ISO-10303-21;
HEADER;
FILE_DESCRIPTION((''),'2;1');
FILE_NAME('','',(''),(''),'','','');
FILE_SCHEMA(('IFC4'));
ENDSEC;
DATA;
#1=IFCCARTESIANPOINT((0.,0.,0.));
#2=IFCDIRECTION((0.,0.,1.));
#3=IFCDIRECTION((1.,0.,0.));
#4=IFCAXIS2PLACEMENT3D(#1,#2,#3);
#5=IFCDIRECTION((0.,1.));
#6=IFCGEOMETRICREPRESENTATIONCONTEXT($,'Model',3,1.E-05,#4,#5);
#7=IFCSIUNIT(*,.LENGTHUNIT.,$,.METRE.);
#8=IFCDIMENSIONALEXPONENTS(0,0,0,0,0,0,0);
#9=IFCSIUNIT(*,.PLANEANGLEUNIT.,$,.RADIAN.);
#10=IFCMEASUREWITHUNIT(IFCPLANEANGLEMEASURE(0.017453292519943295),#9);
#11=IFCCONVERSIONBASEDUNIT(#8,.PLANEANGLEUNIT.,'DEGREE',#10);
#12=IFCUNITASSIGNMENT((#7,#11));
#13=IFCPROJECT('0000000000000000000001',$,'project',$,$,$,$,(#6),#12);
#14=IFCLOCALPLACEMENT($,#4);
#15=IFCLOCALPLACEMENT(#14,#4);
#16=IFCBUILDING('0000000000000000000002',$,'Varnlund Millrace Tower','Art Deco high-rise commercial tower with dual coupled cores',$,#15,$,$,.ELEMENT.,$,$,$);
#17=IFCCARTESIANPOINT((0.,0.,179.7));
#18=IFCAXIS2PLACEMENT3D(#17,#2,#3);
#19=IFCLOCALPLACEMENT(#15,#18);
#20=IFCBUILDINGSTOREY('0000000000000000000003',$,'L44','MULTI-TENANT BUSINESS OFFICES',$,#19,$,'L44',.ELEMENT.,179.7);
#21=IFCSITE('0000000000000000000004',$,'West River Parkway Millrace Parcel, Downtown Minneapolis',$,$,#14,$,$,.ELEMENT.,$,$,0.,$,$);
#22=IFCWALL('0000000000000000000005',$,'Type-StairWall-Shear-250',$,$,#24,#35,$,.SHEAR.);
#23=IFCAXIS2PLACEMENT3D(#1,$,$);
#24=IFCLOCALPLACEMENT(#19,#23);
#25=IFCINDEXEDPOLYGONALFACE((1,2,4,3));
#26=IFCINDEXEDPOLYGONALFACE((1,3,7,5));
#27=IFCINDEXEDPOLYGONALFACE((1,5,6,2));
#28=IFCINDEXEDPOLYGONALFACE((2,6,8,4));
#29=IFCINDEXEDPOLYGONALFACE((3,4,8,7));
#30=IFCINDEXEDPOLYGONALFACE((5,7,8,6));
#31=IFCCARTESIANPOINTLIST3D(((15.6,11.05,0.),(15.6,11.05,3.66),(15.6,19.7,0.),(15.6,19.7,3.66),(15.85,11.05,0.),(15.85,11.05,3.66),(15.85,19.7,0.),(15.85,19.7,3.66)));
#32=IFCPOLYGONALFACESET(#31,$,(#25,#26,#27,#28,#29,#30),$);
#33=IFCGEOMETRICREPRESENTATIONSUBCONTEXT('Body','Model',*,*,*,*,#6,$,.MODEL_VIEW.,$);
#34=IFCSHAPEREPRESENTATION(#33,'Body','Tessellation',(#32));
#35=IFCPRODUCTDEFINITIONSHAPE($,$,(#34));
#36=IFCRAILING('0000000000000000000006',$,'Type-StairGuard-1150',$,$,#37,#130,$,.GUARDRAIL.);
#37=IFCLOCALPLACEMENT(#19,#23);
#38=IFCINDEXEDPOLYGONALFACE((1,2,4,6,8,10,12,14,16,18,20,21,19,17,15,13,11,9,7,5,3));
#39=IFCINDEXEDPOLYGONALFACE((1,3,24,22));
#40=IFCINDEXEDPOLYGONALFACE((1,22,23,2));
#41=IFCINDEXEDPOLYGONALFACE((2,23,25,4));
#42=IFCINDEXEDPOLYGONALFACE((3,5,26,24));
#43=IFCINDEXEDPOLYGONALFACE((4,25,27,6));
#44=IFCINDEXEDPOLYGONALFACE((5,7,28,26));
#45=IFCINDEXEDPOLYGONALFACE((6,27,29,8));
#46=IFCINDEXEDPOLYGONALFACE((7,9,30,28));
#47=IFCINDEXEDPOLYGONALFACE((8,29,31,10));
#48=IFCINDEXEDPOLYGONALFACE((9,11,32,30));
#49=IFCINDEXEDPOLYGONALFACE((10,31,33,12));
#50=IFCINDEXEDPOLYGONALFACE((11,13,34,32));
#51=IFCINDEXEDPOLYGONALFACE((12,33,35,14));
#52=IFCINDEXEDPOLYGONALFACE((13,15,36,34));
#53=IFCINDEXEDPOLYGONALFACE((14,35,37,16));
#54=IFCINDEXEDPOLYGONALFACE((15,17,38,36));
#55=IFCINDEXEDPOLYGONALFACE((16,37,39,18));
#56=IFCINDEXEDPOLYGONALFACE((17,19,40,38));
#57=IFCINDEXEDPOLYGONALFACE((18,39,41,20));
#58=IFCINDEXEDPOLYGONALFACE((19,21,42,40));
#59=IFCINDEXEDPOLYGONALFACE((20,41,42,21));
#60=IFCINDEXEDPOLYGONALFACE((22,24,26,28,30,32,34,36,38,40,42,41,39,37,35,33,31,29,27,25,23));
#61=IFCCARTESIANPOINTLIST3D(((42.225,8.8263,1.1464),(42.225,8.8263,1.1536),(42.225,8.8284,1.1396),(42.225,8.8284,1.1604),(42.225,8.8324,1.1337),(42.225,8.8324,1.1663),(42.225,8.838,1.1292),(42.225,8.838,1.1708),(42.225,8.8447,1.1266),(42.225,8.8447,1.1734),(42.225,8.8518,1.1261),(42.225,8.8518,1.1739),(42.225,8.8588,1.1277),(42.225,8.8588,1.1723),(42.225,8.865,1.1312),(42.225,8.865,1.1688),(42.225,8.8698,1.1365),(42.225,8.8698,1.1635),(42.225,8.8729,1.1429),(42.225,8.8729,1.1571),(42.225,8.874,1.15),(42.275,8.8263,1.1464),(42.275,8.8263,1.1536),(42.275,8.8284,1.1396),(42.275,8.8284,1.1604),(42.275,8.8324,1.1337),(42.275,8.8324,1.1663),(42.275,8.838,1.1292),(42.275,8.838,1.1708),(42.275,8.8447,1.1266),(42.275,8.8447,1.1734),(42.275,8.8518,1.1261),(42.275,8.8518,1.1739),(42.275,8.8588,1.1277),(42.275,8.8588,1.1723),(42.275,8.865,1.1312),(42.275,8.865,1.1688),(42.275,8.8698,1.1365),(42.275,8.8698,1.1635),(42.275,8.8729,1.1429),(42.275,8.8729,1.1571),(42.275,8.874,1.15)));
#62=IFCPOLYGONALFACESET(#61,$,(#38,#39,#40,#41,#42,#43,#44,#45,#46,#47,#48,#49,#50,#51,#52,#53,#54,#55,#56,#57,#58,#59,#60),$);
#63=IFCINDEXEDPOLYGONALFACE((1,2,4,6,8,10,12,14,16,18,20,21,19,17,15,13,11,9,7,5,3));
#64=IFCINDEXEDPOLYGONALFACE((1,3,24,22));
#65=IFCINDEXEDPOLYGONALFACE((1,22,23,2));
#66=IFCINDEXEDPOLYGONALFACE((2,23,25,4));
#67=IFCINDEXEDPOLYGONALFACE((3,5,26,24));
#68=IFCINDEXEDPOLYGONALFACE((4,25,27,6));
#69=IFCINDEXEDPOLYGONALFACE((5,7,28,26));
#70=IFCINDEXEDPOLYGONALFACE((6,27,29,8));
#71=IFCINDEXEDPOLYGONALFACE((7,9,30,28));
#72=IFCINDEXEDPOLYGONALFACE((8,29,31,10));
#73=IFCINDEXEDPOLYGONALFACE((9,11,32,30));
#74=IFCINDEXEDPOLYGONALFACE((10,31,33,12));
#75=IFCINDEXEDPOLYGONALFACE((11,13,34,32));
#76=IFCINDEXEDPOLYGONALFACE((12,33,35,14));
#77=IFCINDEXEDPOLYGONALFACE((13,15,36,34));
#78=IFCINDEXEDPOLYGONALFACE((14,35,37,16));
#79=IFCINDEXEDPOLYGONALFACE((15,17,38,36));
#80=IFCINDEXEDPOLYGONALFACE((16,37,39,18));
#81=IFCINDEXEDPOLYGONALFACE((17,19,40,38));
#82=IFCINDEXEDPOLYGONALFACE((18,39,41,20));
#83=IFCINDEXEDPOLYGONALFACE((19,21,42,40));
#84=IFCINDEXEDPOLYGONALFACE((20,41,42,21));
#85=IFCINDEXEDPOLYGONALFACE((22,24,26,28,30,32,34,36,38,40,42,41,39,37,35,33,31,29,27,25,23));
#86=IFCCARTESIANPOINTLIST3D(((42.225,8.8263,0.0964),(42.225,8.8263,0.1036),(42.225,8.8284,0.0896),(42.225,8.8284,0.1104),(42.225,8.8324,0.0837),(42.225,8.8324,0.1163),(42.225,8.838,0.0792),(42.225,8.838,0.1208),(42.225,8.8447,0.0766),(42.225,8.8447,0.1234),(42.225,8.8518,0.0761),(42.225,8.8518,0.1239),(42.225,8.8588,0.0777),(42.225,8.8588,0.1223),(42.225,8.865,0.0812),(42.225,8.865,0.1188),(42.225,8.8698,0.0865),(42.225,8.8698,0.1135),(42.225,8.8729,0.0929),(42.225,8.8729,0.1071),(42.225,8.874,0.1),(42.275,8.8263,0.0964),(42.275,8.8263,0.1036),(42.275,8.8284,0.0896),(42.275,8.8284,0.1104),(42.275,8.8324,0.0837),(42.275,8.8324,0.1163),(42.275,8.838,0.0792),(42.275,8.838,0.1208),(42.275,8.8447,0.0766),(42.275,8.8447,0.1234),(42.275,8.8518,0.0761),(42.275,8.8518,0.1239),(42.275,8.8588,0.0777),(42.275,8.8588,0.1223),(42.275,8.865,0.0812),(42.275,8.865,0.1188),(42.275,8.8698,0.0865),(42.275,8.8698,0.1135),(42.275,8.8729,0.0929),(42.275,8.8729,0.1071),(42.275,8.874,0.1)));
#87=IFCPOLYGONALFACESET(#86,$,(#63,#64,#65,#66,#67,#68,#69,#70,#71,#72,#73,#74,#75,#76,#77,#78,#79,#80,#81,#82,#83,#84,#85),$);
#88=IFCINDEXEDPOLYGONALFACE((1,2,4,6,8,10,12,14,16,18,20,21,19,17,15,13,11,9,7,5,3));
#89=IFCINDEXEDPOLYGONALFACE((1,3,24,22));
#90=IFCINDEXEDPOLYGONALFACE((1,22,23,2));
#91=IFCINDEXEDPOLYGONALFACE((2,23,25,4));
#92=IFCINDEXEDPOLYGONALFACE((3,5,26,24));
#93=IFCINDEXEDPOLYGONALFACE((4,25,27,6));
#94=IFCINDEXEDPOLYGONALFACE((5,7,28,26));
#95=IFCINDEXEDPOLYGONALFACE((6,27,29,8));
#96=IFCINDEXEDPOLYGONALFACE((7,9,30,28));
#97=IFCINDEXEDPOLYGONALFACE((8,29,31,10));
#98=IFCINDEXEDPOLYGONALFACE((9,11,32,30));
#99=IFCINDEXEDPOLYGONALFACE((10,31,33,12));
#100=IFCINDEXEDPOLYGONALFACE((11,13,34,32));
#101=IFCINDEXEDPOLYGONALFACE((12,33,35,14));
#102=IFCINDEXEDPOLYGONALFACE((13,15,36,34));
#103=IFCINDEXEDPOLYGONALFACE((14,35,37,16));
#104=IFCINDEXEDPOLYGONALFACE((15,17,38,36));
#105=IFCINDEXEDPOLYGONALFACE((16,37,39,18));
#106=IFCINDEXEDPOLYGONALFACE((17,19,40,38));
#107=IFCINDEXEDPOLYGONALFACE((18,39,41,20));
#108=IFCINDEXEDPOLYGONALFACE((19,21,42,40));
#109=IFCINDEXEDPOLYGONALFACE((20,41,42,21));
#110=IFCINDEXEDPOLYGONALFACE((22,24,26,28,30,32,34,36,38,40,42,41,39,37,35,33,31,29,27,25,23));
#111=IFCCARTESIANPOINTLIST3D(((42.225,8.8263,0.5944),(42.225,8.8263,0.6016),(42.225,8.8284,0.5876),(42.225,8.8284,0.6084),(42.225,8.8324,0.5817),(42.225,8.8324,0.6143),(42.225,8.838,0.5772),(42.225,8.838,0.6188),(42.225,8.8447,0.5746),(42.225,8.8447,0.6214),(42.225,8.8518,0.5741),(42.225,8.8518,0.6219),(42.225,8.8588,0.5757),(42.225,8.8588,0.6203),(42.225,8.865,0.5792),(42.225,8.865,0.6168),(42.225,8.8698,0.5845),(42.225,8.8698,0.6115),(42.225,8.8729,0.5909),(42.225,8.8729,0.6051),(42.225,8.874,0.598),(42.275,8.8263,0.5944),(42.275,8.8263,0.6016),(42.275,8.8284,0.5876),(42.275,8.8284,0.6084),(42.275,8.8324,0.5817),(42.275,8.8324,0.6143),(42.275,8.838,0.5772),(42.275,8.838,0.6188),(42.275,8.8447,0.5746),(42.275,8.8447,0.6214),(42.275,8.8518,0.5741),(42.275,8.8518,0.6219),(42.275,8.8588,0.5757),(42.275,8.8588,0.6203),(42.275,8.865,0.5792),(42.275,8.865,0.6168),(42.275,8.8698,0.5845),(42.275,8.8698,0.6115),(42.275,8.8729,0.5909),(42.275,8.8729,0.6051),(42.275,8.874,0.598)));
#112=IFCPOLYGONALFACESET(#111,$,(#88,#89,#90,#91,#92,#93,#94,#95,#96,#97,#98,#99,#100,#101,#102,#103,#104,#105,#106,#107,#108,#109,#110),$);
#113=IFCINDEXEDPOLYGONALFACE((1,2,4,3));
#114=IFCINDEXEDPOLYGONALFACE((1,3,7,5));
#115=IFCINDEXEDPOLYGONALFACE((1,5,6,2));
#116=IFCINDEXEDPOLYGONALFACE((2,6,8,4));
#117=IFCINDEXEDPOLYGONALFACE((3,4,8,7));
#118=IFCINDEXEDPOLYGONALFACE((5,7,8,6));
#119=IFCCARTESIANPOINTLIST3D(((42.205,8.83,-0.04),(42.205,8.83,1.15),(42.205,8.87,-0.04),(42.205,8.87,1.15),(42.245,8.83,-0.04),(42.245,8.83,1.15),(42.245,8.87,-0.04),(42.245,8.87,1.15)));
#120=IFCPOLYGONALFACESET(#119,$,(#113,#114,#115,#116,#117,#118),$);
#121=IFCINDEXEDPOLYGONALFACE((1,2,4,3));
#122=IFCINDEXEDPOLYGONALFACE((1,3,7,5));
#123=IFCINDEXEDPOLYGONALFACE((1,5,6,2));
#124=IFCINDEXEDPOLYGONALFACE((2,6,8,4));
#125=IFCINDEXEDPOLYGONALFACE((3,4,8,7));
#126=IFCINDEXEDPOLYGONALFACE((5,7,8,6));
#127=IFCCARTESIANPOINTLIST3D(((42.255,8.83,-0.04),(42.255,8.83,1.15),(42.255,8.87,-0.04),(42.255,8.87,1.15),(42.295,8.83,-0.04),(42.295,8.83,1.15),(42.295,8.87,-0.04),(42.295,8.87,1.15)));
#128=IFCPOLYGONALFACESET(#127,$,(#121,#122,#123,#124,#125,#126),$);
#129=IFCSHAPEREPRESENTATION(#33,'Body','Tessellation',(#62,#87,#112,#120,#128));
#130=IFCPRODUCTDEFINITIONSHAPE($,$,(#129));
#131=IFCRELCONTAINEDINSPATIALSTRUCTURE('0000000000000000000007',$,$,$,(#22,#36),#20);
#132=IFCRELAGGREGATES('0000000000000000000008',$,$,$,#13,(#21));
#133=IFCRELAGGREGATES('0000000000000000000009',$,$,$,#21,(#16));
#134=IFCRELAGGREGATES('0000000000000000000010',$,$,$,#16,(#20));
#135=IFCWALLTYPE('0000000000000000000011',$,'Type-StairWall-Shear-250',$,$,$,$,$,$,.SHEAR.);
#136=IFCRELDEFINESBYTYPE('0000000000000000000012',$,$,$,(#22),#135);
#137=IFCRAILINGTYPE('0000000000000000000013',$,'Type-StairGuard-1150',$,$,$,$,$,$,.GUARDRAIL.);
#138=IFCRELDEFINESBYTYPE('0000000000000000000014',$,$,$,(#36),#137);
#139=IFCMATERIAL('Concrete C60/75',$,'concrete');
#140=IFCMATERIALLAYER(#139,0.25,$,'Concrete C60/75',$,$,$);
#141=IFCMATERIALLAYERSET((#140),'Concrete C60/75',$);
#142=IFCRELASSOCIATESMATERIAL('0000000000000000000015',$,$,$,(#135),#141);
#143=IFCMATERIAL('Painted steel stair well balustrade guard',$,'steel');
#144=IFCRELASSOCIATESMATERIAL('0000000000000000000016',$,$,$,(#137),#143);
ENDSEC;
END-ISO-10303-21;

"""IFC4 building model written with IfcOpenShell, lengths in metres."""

from ifc_helpers import new_model, entity, si_unit, converted_unit, direction, frame, origin_with_axes, origin_2d_with_axis, place, context, subcontext, project, spatial, polyline, rectangle, circle, outline, extrude, material, layer, layer_set, type_object, element, save


model = new_model("IFC4")

# Units and contexts
model_context = context("Model", 3, precision=1e-05, world=origin_with_axes(), true_north=direction((0.0, 1.0)))
body_context = subcontext(model_context, "Body", "Model", "MODEL_VIEW")
ifc_project = project(units=[si_unit("LENGTHUNIT", "METRE"), converted_unit("PLANEANGLEUNIT", "DEGREE", entity("IfcPlaneAngleMeasure", 0.017453292519943295), si_unit("PLANEANGLEUNIT", "RADIAN"), dimensions=[0, 0, 0, 0, 0, 0, 0])], contexts=[model_context])

# Site, building, storey
site_placement = place(None, origin_with_axes())
site = spatial("IfcSite", under=ifc_project, at=site_placement, Name="West River Parkway Millrace Parcel, Downtown Minneapolis", CompositionType="ELEMENT", RefElevation=0.0)
building_placement = place(site_placement, origin_with_axes())
building = spatial("IfcBuilding", under=site, at=building_placement, Name="Varnlund Millrace Tower", Description="Art Deco high-rise commercial tower with dual coupled cores", CompositionType="ELEMENT")
storey_placement = place(building_placement, frame((0.0, 0.0, 179.7), z_axis=(0.0, 0.0, 1.0), x_axis=(1.0, 0.0, 0.0)))
storey = spatial("IfcBuildingStorey", under=building, at=storey_placement, Name="L44", Description="MULTI-TENANT BUSINESS OFFICES", LongName="L44", CompositionType="ELEMENT", Elevation=179.7)

# Shared definitions
ifc_material_1 = material(Name="Concrete C60/75", Category="concrete")

# Wall
ifc_layer_1 = layer(ifc_material_1, 0.25, Name="Concrete C60/75")
ifc_layer_set_1 = layer_set([ifc_layer_1], Name="Concrete C60/75")
wall_type_1 = type_object("IfcWallType", Name="Type-StairWall-Shear-250", PredefinedType="SHEAR", material=ifc_layer_set_1)
wall_1_placement = place(storey_placement, frame((15.725, 11.05, 0.0), z_axis=(0.0, 0.0, 1.0), x_axis=(0.0, 1.0, 0.0)))
element("IfcWall", 1, at=wall_1_placement, inside=storey, type_object=wall_type_1, Name="Type-StairWall-Shear-250", PredefinedType="SHEAR", context=body_context, shape_type="SweptSolid", body=[
    extrude(outline(polyline([(0.0, -0.125), (8.65, -0.125), (8.65, 0.125), (0.0, 0.125), (0.0, -0.125)])), origin_with_axes(), (0.0, 0.0, 1.0), 3.66),
])

# Railing
ifc_material_2 = material(Name="Painted steel stair well balustrade guard", Category="steel")
railing_type_1 = type_object("IfcRailingType", Name="Type-StairGuard-1150", PredefinedType="GUARDRAIL", material=ifc_material_2)
railing_1_placement = place(storey_placement, frame((0.0, 0.0, -179.7), z_axis=(0.0, 0.0, 1.0), x_axis=(1.0, 0.0, 0.0)))
element("IfcRailing", 2, at=railing_1_placement, inside=storey, type_object=railing_type_1, Name="Type-StairGuard-1150", PredefinedType="GUARDRAIL", context=body_context, shape_type="SweptSolid", body=[
    extrude(circle(Radius=0.024, at=origin_2d_with_axis()), frame((42.225, 8.85, 180.85), z_axis=(1.0, 0.0, 0.0), x_axis=(0.0, 1.0, 0.0)), (0.0, 0.0, 1.0), 0.05),
    extrude(circle(Radius=0.024, at=origin_2d_with_axis()), frame((42.225, 8.85, 179.8), z_axis=(1.0, 0.0, 0.0), x_axis=(0.0, 1.0, 0.0)), (0.0, 0.0, 1.0), 0.05),
    extrude(circle(Radius=0.024, at=origin_2d_with_axis()), frame((42.225, 8.85, 180.298), z_axis=(1.0, 0.0, 0.0), x_axis=(0.0, 1.0, 0.0)), (0.0, 0.0, 1.0), 0.05),
    extrude(rectangle(XDim=0.04, YDim=0.04, at=origin_2d_with_axis()), frame((42.225, 8.85, 179.66), z_axis=(0.0, 0.0, 1.0), x_axis=(1.0, 0.0, 0.0)), (0.0, 0.0, 1.0), 1.19),
    extrude(rectangle(XDim=0.04, YDim=0.04, at=origin_2d_with_axis()), frame((42.275, 8.85, 179.66), z_axis=(0.0, 0.0, 1.0), x_axis=(1.0, 0.0, 0.0)), (0.0, 0.0, 1.0), 1.19),
])

save(model, "model.ifc")
